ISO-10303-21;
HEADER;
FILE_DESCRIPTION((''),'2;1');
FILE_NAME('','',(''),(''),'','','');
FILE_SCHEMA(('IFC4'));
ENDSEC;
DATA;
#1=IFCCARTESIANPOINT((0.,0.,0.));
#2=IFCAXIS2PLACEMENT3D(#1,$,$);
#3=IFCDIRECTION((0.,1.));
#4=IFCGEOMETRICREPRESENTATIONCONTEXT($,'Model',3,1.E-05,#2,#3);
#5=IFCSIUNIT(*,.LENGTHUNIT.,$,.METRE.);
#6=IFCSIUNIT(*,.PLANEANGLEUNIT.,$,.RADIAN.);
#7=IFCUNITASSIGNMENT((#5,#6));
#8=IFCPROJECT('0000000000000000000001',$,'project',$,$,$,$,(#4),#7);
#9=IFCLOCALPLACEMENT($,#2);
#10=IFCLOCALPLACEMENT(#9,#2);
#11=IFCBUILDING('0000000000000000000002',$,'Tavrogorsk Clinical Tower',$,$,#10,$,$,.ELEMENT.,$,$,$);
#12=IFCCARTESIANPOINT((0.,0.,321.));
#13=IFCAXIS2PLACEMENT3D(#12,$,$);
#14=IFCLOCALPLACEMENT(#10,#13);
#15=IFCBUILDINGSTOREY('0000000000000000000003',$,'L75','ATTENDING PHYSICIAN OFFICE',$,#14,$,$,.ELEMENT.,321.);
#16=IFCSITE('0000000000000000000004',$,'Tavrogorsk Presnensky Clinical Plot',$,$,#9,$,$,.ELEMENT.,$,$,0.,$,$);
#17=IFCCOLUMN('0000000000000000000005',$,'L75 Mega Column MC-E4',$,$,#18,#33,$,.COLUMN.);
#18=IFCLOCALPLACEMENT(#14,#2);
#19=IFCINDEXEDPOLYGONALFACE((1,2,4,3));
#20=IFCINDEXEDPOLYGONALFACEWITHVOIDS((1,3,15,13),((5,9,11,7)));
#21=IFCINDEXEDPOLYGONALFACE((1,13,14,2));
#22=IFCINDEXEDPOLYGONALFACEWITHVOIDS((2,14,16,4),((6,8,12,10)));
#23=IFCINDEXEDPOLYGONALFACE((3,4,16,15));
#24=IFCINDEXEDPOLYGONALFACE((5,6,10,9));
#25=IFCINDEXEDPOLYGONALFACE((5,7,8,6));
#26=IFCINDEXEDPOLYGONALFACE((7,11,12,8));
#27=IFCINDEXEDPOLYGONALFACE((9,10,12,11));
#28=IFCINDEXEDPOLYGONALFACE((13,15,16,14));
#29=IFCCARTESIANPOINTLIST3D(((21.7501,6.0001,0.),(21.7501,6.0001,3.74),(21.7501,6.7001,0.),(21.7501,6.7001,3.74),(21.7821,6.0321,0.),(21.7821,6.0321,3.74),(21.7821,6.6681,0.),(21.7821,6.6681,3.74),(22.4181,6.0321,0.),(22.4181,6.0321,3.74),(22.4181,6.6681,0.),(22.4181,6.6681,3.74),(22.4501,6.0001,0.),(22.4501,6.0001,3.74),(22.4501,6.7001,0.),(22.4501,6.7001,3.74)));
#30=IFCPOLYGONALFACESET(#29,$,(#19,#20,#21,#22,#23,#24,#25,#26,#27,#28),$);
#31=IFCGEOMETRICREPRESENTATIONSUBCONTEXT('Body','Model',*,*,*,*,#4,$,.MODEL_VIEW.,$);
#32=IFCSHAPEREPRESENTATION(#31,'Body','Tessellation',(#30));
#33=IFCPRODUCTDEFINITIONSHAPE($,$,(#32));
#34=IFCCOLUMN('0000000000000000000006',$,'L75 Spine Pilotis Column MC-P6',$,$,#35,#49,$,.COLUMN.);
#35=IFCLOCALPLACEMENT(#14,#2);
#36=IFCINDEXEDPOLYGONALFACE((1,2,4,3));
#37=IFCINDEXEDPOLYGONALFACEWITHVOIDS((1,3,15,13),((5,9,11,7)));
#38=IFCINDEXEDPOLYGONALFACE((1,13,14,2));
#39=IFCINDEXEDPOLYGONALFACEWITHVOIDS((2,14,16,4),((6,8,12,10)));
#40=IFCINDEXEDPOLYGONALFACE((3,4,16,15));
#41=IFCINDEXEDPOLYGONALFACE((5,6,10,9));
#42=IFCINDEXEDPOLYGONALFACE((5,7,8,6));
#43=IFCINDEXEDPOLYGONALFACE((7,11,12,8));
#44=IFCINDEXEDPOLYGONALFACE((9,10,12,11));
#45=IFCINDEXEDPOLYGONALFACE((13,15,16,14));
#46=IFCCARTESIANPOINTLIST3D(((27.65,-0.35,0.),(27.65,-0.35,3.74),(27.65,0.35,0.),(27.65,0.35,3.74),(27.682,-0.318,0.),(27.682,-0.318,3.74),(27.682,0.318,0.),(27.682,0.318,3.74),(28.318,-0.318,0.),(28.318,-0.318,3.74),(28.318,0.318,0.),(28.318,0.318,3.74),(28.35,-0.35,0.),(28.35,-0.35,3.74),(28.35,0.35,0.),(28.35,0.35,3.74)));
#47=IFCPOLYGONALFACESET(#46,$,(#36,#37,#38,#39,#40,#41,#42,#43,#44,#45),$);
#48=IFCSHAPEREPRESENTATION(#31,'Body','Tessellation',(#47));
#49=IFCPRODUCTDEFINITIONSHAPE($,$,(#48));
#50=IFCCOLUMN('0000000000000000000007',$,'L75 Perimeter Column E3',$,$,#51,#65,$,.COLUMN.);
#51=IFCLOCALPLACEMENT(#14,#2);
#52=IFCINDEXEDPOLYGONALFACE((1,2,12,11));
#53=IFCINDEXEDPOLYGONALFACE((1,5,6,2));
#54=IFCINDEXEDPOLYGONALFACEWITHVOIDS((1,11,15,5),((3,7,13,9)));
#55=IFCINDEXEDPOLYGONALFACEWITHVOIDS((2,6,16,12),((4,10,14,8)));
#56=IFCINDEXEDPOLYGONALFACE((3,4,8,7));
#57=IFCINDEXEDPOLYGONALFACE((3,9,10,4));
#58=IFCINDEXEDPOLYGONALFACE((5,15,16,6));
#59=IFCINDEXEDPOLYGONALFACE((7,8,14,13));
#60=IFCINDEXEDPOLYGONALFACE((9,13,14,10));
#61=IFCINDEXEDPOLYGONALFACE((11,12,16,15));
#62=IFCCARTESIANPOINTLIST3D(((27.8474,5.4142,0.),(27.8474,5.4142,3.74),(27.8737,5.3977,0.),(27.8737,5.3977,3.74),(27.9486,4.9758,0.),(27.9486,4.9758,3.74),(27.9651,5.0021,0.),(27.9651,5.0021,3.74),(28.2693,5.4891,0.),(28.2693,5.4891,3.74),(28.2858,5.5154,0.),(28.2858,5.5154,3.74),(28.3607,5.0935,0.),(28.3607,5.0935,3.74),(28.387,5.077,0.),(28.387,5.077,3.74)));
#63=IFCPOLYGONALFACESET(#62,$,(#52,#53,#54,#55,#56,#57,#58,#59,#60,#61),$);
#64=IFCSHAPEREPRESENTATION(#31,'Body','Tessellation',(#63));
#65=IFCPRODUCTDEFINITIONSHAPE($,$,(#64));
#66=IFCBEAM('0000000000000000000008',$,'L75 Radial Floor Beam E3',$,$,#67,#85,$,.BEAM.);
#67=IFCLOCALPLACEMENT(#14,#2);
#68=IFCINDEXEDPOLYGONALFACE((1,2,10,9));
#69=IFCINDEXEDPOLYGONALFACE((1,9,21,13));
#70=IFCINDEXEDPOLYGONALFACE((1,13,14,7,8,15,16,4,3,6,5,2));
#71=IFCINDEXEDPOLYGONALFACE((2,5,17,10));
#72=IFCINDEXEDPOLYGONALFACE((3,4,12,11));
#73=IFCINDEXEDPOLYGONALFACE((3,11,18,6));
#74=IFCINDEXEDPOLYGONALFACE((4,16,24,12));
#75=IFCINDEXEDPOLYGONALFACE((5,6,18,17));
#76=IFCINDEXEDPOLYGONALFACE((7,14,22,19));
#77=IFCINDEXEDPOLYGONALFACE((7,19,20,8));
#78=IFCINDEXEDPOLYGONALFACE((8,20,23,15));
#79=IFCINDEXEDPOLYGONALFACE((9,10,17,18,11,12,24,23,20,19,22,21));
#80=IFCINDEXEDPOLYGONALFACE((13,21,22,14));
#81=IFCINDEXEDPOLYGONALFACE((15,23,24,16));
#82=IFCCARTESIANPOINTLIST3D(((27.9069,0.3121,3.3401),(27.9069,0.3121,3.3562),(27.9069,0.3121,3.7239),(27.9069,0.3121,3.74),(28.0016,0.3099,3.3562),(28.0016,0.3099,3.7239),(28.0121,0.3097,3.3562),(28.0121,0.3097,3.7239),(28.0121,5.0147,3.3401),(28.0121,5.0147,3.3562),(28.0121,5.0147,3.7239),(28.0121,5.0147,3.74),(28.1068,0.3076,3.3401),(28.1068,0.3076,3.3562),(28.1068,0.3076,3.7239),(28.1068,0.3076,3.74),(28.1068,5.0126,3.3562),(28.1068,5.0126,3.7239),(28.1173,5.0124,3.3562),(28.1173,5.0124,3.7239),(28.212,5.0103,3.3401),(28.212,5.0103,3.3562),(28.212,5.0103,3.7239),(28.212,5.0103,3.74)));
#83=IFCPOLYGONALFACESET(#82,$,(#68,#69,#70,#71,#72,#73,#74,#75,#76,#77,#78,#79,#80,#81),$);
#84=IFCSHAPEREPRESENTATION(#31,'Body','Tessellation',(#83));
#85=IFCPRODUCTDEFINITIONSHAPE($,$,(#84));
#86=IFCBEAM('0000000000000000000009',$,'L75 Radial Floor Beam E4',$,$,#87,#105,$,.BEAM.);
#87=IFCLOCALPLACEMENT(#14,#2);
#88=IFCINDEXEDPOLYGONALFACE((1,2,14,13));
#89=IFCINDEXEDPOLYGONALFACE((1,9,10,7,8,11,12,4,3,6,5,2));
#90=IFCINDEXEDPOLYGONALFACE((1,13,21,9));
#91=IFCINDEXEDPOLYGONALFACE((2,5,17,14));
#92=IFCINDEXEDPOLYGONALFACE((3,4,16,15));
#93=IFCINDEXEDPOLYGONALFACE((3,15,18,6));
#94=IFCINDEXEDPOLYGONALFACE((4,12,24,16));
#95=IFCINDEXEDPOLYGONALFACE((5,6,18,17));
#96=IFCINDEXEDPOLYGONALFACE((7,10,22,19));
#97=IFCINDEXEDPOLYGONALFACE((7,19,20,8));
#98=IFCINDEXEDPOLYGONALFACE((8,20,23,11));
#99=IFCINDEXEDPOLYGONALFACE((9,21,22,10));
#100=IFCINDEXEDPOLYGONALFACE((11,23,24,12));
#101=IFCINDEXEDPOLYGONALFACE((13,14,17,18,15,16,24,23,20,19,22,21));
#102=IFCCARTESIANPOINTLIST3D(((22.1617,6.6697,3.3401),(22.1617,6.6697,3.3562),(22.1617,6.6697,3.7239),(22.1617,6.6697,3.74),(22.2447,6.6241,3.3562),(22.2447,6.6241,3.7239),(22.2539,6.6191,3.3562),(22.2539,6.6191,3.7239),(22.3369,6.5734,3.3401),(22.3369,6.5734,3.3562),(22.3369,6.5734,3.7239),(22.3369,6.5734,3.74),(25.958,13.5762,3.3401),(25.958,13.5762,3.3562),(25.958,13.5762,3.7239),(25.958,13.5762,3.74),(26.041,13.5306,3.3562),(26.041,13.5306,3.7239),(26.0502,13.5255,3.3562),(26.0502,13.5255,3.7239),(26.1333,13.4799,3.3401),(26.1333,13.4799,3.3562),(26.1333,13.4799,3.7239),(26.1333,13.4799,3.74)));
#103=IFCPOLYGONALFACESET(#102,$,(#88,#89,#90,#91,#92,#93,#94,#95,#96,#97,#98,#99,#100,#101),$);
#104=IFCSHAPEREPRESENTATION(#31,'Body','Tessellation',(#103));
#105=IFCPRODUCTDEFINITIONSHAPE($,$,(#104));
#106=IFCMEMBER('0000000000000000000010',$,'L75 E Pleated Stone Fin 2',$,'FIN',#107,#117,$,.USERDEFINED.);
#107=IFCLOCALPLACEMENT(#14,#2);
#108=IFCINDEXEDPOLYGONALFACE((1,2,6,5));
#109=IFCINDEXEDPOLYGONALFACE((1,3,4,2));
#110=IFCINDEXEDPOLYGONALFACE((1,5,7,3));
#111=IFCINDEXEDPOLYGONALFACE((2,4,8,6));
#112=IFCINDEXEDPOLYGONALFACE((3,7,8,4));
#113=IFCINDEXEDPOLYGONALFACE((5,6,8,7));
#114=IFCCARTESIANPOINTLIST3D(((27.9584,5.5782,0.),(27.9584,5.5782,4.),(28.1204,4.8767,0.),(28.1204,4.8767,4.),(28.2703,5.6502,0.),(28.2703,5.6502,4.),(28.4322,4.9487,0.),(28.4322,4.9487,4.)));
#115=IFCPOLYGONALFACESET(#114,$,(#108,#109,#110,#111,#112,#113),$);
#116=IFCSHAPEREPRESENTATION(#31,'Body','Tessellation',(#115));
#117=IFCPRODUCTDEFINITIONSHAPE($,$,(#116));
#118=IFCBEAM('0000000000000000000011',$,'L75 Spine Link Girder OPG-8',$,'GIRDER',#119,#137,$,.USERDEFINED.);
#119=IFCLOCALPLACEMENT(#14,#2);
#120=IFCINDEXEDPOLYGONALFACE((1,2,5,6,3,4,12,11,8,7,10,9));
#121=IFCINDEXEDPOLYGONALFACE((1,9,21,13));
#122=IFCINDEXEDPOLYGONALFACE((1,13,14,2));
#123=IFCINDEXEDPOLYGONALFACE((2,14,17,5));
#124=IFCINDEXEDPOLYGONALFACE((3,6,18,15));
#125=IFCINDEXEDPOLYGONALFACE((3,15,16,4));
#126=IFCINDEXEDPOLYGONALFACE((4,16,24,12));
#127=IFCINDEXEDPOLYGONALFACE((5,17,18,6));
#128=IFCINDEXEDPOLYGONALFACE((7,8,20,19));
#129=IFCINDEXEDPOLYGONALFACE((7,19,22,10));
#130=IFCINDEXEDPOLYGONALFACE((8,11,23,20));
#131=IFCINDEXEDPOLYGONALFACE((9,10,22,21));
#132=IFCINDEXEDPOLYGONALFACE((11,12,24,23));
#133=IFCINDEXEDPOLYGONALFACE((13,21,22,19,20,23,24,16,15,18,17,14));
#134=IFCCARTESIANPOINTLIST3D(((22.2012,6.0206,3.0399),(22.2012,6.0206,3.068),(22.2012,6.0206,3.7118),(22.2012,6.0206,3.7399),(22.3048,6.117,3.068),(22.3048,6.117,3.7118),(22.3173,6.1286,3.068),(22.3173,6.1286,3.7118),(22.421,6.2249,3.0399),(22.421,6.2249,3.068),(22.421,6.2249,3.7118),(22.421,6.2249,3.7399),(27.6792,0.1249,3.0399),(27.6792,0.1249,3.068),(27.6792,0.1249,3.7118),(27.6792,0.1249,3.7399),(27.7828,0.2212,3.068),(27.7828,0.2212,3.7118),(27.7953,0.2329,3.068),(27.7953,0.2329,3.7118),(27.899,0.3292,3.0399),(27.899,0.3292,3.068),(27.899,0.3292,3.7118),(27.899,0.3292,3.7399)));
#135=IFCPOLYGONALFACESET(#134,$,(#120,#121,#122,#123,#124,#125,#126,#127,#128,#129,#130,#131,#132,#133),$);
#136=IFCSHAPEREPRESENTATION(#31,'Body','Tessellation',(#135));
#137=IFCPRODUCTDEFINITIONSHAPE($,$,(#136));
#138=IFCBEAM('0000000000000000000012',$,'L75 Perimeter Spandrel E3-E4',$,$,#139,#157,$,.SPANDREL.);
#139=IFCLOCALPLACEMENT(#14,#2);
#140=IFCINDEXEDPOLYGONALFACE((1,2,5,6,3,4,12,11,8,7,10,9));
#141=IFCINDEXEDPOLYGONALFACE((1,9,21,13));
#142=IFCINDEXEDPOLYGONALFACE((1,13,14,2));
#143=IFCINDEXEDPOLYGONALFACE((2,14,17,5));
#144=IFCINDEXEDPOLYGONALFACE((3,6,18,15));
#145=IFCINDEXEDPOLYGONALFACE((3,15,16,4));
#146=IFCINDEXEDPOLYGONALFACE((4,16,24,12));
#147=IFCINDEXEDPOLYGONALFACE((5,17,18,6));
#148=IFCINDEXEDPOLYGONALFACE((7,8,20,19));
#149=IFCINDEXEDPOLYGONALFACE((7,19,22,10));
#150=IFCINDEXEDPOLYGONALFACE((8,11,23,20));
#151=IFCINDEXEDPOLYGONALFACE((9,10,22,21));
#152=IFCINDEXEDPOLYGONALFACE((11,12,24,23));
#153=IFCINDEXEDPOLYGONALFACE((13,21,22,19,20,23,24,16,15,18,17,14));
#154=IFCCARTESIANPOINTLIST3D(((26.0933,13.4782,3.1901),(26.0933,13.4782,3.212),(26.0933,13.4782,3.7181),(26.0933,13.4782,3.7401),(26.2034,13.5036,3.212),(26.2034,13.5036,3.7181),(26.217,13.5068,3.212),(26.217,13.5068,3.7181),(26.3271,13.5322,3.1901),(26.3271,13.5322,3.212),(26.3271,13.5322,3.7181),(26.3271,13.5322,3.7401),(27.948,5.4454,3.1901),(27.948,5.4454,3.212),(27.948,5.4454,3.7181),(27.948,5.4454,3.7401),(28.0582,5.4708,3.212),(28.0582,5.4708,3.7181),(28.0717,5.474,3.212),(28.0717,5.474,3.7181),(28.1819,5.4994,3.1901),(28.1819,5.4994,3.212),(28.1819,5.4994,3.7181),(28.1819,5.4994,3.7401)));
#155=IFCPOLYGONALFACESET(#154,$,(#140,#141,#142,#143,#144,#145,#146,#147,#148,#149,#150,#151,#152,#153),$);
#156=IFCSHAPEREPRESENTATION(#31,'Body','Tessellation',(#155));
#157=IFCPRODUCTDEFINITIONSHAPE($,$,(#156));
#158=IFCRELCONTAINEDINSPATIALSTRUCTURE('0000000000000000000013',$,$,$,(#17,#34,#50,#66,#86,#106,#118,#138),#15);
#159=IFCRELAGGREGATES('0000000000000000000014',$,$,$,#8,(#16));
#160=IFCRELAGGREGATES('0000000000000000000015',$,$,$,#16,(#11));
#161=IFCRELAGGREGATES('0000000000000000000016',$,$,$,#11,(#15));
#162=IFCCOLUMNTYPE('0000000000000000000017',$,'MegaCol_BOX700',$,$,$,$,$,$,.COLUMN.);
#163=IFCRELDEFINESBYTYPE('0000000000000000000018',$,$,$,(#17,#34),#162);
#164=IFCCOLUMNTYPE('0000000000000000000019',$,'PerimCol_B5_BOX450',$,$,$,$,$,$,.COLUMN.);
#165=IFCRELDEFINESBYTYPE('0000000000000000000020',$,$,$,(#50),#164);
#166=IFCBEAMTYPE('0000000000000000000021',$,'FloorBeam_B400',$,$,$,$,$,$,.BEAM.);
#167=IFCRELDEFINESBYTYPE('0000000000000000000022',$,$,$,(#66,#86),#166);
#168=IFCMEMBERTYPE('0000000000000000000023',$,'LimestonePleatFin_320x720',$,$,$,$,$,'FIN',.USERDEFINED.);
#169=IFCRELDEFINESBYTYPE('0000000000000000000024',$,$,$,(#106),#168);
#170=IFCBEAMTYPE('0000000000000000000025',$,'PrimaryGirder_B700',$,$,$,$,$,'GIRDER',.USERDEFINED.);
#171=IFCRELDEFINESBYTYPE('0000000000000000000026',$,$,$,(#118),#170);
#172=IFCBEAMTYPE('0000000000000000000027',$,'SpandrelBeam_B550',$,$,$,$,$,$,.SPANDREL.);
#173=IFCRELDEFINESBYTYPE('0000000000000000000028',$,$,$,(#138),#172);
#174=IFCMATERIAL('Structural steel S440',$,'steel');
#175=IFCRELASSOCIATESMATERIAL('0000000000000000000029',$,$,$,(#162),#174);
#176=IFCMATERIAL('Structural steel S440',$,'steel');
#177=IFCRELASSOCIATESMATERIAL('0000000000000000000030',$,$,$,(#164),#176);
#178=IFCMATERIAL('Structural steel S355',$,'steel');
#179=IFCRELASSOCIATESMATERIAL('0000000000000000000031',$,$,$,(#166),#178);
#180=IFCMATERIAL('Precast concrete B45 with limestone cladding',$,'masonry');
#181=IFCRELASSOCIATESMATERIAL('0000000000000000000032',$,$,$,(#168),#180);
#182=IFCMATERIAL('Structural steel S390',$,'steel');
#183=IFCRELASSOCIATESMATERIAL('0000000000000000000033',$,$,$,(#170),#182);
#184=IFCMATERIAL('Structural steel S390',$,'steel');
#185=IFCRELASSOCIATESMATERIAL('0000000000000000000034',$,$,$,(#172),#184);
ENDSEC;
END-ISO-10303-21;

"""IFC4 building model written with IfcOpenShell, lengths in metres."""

from ifc_helpers import new_model, si_unit, direction, frame, origin, origin_2d, place, context, subcontext, project, spatial, rectangle, hollow_rectangle, i_section, extrude, material, material_profile, profile_set, type_object, element, save


model = new_model("IFC4")

# Units and contexts
model_context = context("Model", 3, precision=1e-05, world=origin(), true_north=direction((0.0, 1.0)))
body_context = subcontext(model_context, "Body", "Model", "MODEL_VIEW")
ifc_project = project(units=[si_unit("LENGTHUNIT", "METRE"), si_unit("PLANEANGLEUNIT", "RADIAN")], contexts=[model_context])

# Site, building, storey
site_placement = place(None, origin())
site = spatial("IfcSite", under=ifc_project, at=site_placement, Name="Tavrogorsk Presnensky Clinical Plot", CompositionType="ELEMENT", RefElevation=0.0)
building_placement = place(site_placement, origin())
building = spatial("IfcBuilding", under=site, at=building_placement, Name="Tavrogorsk Clinical Tower", CompositionType="ELEMENT")
storey_placement = place(building_placement, frame((0.0, 0.0, 321.0)))
storey = spatial("IfcBuildingStorey", under=building, at=storey_placement, Name="L75", Description="ATTENDING PHYSICIAN OFFICE", CompositionType="ELEMENT", Elevation=321.0)

# Columns
ifc_material_1 = material(Name="Structural steel S440", Category="steel")
ifc_material_profile_1 = material_profile(ifc_material_1, hollow_rectangle(XDim=0.7, YDim=0.7, WallThickness=0.032, at=origin_2d()), Name="BOX-700x700x32")
ifc_profile_set_1 = profile_set([ifc_material_profile_1], Name="Structural steel S440")
column_type_1 = type_object("IfcColumnType", Name="MegaCol_BOX700", PredefinedType="COLUMN", material=ifc_profile_set_1)
for number, where, z_axis, x_axis, name in (
    (1, (22.1001, 6.3501, 0.0), (0.0, 0.0, 1.0), (1.0, 0.0, 0.0), "L75 Mega Column MC-E4"),
    (2, (28.0, 0.0, 0.0), (0.0, 0.0, 1.0), (1.0, 0.0, 0.0), "L75 Spine Pilotis Column MC-P6"),
):
    element("IfcColumn", number, at=place(storey_placement, frame(where, z_axis=z_axis, x_axis=x_axis)), inside=storey, type_object=column_type_1, Name=name, PredefinedType="COLUMN", context=body_context, shape_type="SweptSolid", body=[
        extrude(hollow_rectangle(XDim=0.7, YDim=0.7, WallThickness=0.032, at=origin_2d()), origin(), (0.0, 0.0, 1.0), 3.74),
    ])
ifc_material_2 = material(Name="Structural steel S440", Category="steel")
ifc_material_profile_2 = material_profile(ifc_material_2, hollow_rectangle(XDim=0.45, YDim=0.45, WallThickness=0.022, at=origin_2d()), Name="BOX-450x450x22")
ifc_profile_set_2 = profile_set([ifc_material_profile_2], Name="Structural steel S440")
column_type_2 = type_object("IfcColumnType", Name="PerimCol_B5_BOX450", PredefinedType="COLUMN", material=ifc_profile_set_2)
column_placement = place(storey_placement, frame((28.1172, 5.2456, 0.0), z_axis=(0.0, 0.0, 1.0), x_axis=(0.97437, 0.224951, 0.0)))
element("IfcColumn", 3, at=column_placement, inside=storey, type_object=column_type_2, Name="L75 Perimeter Column E3", PredefinedType="COLUMN", context=body_context, shape_type="SweptSolid", body=[
    extrude(hollow_rectangle(XDim=0.45, YDim=0.45, WallThickness=0.022, at=origin_2d()), origin(), (0.0, 0.0, 1.0), 3.74),
])

# Beams
ifc_material_3 = material(Name="Structural steel S355", Category="steel")
ifc_material_profile_3 = material_profile(ifc_material_3, i_section(OverallWidth=0.2, OverallDepth=0.3999, WebThickness=0.0105, FlangeThickness=0.0161, at=origin_2d()), Name="B-400x200x10.5x16")
ifc_profile_set_3 = profile_set([ifc_material_profile_3], Name="Structural steel S355")
beam_type_1 = type_object("IfcBeamType", Name="FloorBeam_B400", PredefinedType="BEAM", material=ifc_profile_set_3)
beam_1_placement = place(storey_placement, frame((28.0068, 0.3098, 3.54), z_axis=(0.02237, 0.99975, 0.0), x_axis=(-0.99975, 0.02237, 0.0)))
element("IfcBeam", 4, at=beam_1_placement, inside=storey, type_object=beam_type_1, Name="L75 Radial Floor Beam E3", PredefinedType="BEAM", context=body_context, shape_type="SweptSolid", body=[
    extrude(i_section(OverallWidth=0.2, OverallDepth=0.3999, WebThickness=0.0105, FlangeThickness=0.0161, at=origin_2d()), origin(), (0.0, 0.0, 1.0), 4.7039),
])
beam_2_placement = place(storey_placement, frame((22.2493, 6.6216, 3.54), z_axis=(0.481706, 0.876333, 0.0), x_axis=(-0.876333, 0.481706, 0.0)))
element("IfcBeam", 5, at=beam_2_placement, inside=storey, type_object=beam_type_1, Name="L75 Radial Floor Beam E4", PredefinedType="BEAM", context=body_context, shape_type="SweptSolid", body=[
    extrude(i_section(OverallWidth=0.2, OverallDepth=0.3999, WebThickness=0.0105, FlangeThickness=0.0161, at=origin_2d()), origin(), (0.0, 0.0, 1.0), 7.8811),
])

# Member
ifc_material_4 = material(Name="Precast concrete B45 with limestone cladding", Category="masonry")
ifc_material_profile_4 = material_profile(ifc_material_4, rectangle(XDim=0.3201, YDim=0.72, at=origin_2d()), Name="LIMESTONE-FIN-320x720")
ifc_profile_set_4 = profile_set([ifc_material_profile_4], Name="Precast concrete B45 with limestone cladding")
member_type = type_object("IfcMemberType", Name="LimestonePleatFin_320x720", ElementType="FIN", PredefinedType="USERDEFINED", material=ifc_profile_set_4)
member_placement = place(storey_placement, frame((28.1953, 5.2634, 0.0), z_axis=(0.0, 0.0, 1.0), x_axis=(0.97437, 0.224951, 0.0)))
element("IfcMember", 6, at=member_placement, inside=storey, type_object=member_type, Name="L75 E Pleated Stone Fin 2", ObjectType="FIN", PredefinedType="USERDEFINED", context=body_context, shape_type="SweptSolid", body=[
    extrude(rectangle(XDim=0.3201, YDim=0.72, at=origin_2d()), origin(), (0.0, 0.0, 1.0), 4.0),
])

# Beams
ifc_material_5 = material(Name="Structural steel S390", Category="steel")
ifc_material_profile_5 = material_profile(ifc_material_5, i_section(OverallWidth=0.3, OverallDepth=0.7, WebThickness=0.0171, FlangeThickness=0.0281, at=origin_2d()), Name="B-700x300x17x28")
ifc_profile_set_5 = profile_set([ifc_material_profile_5], Name="Structural steel S390")
beam_type_2 = type_object("IfcBeamType", Name="PrimaryGirder_B700", ElementType="GIRDER", PredefinedType="USERDEFINED", material=ifc_profile_set_5)
beam_3_placement = place(storey_placement, frame((27.7891, 0.2271, 3.3899), z_axis=(-0.680678, 0.732583, 0.0), x_axis=(-0.732583, -0.680678, 0.0)))
element("IfcBeam", 7, at=beam_3_placement, inside=storey, type_object=beam_type_2, Name="L75 Spine Link Girder OPG-8", ObjectType="GIRDER", PredefinedType="USERDEFINED", context=body_context, shape_type="SweptSolid", body=[
    extrude(i_section(OverallWidth=0.3, OverallDepth=0.7, WebThickness=0.0171, FlangeThickness=0.0281, at=origin_2d()), origin(), (0.0, 0.0, 1.0), 8.0479),
])
ifc_material_6 = material(Name="Structural steel S390", Category="steel")
ifc_material_profile_6 = material_profile(ifc_material_6, i_section(OverallWidth=0.24, OverallDepth=0.55, WebThickness=0.0139, FlangeThickness=0.022, at=origin_2d()), Name="B-550x240x14x22")
ifc_profile_set_6 = profile_set([ifc_material_profile_6], Name="Structural steel S390")
beam_type_3 = type_object("IfcBeamType", Name="SpandrelBeam_B550", PredefinedType="SPANDREL", material=ifc_profile_set_6)
beam_4_placement = place(storey_placement, frame((28.0649, 5.4724, 3.4651), z_axis=(-0.224978, 0.974364, 0.0), x_axis=(-0.974364, -0.224978, 0.0)))
element("IfcBeam", 8, at=beam_4_placement, inside=storey, type_object=beam_type_3, Name="L75 Perimeter Spandrel E3-E4", PredefinedType="SPANDREL", context=body_context, shape_type="SweptSolid", body=[
    extrude(i_section(OverallWidth=0.24, OverallDepth=0.55, WebThickness=0.0139, FlangeThickness=0.022, at=origin_2d()), origin(), (0.0, 0.0, 1.0), 8.2441),
])

save(model, "model.ifc")
